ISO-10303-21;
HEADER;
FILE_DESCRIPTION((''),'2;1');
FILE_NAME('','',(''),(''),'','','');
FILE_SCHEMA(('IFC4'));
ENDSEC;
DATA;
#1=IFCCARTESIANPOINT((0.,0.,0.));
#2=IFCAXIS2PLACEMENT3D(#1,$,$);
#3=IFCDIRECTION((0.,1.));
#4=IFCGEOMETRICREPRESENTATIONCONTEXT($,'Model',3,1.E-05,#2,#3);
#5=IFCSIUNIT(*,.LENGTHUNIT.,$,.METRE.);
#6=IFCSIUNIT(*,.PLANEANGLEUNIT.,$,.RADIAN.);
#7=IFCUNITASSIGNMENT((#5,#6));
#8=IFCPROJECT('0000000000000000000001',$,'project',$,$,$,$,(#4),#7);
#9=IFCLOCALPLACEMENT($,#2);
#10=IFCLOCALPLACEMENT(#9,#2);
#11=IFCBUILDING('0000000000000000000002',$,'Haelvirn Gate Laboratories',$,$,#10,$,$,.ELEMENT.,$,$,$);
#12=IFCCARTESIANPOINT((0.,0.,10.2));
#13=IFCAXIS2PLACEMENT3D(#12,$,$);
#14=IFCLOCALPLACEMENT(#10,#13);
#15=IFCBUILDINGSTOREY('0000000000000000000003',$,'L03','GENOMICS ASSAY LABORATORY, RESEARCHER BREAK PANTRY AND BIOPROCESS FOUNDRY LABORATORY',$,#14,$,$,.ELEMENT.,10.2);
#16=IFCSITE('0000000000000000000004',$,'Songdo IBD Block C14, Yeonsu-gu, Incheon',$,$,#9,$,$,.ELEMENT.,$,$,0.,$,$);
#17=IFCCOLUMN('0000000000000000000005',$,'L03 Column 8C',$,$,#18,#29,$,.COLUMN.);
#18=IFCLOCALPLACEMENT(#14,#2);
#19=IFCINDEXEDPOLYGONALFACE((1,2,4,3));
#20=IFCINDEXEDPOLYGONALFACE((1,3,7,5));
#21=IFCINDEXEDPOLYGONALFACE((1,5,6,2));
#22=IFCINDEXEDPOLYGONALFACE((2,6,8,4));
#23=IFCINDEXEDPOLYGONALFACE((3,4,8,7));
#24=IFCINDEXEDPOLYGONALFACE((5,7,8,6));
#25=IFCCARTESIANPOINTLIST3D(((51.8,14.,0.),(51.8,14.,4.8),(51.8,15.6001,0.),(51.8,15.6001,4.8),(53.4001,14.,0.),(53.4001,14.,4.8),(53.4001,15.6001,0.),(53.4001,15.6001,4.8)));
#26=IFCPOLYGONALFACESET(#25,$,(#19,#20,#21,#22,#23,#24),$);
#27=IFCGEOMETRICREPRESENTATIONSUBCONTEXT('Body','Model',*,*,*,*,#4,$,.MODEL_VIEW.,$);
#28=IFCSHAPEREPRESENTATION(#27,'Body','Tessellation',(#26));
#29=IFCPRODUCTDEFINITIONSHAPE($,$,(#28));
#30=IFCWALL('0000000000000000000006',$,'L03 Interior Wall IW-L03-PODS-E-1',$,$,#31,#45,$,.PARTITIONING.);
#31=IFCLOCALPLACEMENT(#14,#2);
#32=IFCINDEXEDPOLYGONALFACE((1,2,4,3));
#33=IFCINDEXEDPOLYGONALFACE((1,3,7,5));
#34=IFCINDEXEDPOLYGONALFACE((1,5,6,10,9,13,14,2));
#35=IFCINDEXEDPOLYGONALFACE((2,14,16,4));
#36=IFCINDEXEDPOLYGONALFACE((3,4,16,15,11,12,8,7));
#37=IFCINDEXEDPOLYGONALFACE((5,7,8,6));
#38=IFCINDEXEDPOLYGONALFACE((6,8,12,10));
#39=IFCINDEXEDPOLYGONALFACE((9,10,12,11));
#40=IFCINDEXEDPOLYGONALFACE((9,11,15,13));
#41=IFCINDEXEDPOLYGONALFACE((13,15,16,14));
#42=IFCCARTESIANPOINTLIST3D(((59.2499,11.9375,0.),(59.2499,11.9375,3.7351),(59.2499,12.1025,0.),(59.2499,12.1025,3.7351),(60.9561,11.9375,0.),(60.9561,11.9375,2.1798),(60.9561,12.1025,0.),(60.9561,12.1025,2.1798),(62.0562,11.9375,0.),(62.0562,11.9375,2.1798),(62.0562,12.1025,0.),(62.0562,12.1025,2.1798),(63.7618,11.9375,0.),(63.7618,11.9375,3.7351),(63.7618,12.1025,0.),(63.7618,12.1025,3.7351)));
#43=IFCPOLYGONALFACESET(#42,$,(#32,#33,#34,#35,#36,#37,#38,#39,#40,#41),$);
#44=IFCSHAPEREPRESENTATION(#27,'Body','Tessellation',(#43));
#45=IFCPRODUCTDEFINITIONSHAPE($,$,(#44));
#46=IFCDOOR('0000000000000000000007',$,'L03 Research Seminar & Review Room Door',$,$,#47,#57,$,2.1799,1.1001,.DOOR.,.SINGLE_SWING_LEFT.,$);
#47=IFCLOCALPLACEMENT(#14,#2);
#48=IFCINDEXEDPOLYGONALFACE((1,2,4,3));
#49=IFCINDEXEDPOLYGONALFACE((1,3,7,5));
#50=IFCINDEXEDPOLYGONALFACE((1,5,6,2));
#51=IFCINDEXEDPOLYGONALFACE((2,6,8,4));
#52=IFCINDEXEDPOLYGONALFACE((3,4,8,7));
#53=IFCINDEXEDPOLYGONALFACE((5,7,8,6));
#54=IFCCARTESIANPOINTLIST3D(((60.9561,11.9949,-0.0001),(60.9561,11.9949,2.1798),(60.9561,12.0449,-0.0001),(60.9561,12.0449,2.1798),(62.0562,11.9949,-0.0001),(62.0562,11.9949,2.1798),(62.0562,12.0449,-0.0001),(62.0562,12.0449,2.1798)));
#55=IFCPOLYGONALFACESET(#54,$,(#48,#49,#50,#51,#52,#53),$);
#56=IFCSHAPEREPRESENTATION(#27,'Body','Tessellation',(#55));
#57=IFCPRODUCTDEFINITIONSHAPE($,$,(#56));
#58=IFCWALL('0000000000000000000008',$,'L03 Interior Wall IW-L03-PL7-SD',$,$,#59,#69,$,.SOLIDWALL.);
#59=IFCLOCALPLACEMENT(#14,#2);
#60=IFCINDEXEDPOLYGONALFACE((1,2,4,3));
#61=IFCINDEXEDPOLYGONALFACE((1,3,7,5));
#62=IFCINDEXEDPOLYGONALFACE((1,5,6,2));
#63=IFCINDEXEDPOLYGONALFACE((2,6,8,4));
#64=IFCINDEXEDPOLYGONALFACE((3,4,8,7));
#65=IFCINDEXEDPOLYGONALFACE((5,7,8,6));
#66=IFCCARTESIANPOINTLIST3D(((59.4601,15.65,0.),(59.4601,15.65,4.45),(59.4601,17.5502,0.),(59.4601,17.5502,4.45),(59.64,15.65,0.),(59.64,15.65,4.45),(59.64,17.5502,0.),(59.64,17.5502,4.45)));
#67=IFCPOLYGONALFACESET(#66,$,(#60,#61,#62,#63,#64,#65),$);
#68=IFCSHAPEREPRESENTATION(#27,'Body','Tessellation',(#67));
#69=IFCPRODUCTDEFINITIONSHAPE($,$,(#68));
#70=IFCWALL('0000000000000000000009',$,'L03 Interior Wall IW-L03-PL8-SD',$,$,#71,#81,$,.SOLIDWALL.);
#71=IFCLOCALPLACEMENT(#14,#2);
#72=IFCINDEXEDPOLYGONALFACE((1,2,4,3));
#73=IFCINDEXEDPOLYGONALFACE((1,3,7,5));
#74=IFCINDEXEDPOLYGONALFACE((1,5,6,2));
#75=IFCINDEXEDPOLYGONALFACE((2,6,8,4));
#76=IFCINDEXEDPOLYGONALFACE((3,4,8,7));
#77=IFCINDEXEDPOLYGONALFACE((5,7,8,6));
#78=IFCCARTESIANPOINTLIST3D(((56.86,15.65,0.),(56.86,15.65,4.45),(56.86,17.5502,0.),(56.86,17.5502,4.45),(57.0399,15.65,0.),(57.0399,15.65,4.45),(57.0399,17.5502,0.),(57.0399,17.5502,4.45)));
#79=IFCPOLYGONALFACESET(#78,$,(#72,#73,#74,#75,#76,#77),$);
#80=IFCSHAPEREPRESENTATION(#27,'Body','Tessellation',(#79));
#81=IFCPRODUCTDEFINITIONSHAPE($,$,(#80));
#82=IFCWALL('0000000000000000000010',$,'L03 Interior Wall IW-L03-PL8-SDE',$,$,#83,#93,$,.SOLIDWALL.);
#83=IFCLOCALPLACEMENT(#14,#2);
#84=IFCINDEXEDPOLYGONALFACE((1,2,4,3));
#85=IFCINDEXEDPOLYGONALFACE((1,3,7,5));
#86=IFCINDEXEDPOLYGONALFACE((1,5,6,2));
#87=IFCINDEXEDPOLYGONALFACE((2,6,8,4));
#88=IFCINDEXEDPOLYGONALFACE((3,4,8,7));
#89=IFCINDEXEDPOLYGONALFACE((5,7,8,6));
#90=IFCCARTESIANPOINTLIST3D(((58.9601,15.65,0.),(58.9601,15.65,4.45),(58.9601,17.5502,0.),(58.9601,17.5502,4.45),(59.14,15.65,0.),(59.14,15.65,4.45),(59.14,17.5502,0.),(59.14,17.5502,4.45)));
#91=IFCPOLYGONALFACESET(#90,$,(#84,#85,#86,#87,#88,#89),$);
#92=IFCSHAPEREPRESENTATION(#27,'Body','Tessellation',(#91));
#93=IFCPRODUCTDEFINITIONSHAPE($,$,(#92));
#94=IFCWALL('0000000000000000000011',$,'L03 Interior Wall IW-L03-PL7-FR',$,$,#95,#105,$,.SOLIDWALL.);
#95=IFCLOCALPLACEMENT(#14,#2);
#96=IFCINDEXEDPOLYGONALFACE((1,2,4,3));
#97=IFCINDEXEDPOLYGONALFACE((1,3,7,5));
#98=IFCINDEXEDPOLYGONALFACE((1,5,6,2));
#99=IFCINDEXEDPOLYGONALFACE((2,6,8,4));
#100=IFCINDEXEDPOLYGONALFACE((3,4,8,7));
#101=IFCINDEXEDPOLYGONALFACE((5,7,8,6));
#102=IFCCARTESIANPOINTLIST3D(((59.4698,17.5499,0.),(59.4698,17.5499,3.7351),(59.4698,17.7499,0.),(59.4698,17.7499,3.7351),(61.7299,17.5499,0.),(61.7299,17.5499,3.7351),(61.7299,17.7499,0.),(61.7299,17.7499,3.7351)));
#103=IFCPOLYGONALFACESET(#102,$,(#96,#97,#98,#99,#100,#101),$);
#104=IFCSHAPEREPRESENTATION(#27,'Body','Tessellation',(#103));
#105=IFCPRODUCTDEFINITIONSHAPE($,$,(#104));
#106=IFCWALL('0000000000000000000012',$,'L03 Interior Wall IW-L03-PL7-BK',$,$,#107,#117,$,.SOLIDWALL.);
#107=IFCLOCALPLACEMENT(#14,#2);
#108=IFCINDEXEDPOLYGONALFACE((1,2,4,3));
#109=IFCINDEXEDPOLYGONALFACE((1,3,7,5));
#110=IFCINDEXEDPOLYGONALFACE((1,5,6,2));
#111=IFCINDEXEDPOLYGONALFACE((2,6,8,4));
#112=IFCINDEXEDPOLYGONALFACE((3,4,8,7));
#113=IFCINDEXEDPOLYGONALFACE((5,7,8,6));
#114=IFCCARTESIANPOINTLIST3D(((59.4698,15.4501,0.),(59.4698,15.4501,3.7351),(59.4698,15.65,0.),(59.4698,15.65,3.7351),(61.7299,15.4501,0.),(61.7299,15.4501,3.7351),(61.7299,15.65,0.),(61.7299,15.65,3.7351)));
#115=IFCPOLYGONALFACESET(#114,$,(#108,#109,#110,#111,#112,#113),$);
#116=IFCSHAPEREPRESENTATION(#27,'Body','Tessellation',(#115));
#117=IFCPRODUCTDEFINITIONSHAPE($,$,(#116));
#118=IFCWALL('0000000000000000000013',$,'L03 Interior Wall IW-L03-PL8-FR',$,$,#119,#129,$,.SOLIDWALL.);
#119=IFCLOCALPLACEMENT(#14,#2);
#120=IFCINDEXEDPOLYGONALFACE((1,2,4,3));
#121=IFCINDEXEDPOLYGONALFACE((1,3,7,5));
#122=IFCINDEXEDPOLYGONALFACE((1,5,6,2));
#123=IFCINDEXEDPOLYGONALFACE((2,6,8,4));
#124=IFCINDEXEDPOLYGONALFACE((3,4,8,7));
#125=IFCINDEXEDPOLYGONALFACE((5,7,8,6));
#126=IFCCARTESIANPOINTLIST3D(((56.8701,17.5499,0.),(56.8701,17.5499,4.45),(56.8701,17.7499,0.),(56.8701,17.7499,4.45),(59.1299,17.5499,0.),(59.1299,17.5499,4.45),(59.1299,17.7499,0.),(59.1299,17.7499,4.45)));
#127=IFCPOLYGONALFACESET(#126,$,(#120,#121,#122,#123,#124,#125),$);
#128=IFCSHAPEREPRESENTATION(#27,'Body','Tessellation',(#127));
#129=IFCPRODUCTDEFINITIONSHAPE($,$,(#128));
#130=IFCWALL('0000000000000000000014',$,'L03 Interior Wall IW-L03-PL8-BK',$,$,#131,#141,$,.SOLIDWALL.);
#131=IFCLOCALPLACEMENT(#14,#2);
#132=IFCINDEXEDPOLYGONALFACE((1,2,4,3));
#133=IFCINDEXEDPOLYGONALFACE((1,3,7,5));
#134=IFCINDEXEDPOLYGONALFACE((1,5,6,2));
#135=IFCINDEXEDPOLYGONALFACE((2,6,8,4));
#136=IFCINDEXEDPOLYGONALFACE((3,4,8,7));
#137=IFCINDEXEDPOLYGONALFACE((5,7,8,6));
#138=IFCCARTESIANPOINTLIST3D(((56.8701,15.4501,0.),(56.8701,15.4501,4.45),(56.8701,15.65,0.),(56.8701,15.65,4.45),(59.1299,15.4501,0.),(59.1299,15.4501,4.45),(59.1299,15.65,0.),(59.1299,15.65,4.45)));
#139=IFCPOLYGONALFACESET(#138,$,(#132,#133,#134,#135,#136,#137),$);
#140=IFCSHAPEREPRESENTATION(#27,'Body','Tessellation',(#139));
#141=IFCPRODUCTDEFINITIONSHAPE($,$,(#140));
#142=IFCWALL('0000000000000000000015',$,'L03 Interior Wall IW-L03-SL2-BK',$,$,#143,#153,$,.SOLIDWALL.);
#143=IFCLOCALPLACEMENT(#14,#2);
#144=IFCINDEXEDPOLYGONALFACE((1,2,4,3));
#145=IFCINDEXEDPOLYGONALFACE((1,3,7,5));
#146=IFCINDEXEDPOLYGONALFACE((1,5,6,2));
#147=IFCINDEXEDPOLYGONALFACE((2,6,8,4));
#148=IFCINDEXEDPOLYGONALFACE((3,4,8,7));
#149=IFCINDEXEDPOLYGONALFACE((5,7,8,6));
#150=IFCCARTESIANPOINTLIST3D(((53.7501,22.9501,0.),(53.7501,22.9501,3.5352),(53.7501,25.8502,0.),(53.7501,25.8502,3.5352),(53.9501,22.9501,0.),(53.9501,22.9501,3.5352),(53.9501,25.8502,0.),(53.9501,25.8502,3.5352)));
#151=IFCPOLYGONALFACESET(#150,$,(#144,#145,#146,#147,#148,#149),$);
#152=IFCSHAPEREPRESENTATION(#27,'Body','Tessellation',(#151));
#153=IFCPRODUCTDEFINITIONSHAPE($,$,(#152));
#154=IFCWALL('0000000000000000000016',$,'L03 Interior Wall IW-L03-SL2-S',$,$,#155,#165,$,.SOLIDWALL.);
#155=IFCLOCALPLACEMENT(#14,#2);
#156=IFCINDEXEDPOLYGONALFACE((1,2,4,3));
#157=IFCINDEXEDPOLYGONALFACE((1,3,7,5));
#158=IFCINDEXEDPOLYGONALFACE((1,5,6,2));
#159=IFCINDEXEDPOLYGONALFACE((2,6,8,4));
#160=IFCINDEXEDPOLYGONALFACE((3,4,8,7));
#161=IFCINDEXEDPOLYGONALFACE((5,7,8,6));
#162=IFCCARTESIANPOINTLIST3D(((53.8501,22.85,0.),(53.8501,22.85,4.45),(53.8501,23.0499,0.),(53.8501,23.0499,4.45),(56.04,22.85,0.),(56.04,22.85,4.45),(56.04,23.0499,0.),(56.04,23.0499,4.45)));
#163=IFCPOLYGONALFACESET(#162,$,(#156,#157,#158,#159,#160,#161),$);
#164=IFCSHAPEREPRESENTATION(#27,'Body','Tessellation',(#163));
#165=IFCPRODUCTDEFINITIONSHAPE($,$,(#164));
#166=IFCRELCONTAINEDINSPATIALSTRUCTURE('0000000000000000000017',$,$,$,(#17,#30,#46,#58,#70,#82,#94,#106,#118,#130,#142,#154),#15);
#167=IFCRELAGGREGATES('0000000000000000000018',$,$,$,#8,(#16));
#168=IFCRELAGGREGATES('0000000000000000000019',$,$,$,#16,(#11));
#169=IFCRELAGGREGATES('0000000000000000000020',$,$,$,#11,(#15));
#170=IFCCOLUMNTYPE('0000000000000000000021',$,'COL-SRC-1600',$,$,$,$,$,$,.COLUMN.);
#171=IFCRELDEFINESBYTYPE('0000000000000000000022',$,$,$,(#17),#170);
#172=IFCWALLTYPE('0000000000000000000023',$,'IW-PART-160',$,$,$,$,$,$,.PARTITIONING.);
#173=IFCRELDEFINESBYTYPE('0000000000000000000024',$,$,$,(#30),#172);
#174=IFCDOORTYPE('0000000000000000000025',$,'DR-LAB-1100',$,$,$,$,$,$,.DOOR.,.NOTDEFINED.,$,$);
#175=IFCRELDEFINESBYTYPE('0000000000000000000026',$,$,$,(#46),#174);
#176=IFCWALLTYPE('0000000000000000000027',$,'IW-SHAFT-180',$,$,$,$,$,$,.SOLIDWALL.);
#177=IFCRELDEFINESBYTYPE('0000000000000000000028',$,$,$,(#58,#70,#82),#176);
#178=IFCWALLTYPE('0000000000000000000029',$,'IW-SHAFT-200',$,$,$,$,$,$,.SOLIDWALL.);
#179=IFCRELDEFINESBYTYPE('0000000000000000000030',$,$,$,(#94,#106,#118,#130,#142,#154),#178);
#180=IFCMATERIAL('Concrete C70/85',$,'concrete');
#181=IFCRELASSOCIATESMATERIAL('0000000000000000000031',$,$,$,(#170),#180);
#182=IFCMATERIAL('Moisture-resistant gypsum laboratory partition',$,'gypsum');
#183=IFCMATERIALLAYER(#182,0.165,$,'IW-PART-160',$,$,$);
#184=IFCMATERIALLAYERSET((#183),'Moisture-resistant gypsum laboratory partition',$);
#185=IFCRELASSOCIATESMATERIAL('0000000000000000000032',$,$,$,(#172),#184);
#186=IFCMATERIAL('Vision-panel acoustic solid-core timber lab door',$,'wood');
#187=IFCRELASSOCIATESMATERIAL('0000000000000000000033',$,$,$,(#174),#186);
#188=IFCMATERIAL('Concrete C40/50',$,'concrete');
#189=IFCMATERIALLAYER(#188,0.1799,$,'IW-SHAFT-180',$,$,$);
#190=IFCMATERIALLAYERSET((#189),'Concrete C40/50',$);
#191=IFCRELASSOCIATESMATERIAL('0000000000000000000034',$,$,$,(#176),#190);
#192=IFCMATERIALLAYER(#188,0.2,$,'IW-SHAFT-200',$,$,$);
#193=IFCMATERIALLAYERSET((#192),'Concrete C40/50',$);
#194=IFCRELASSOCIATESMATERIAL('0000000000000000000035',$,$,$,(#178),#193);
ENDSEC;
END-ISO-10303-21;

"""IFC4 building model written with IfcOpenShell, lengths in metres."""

from ifc_helpers import new_model, si_unit, direction, frame, frame_2d, origin, origin_2d, place, context, subcontext, project, spatial, rectangle, extrude, source, transform, mapped, material, layer, layer_set, material_profile, profile_set, type_object, type_shapes, element, fill, save


model = new_model("IFC4")

# Units and contexts
model_context = context("Model", 3, precision=1e-05, world=origin(), true_north=direction((0.0, 1.0)))
body_context = subcontext(model_context, "Body", "Model", "MODEL_VIEW")
ifc_project = project(units=[si_unit("LENGTHUNIT", "METRE"), si_unit("PLANEANGLEUNIT", "RADIAN")], contexts=[model_context])

# Site, building, storey
site_placement = place(None, origin())
site = spatial("IfcSite", under=ifc_project, at=site_placement, Name="Songdo IBD Block C14, Yeonsu-gu, Incheon", CompositionType="ELEMENT", RefElevation=0.0)
building_placement = place(site_placement, origin())
building = spatial("IfcBuilding", under=site, at=building_placement, Name="Haelvirn Gate Laboratories", CompositionType="ELEMENT")
storey_placement = place(building_placement, frame((0.0, 0.0, 10.2)))
storey = spatial("IfcBuildingStorey", under=building, at=storey_placement, Name="L03", Description="GENOMICS ASSAY LABORATORY, RESEARCHER BREAK PANTRY AND BIOPROCESS FOUNDRY LABORATORY", CompositionType="ELEMENT", Elevation=10.2)

# Column
ifc_material_1 = material(Name="Concrete C70/85", Category="concrete")
ifc_material_profile = material_profile(ifc_material_1, rectangle(XDim=1.6001, YDim=1.6001, at=origin_2d()), Name="SRC-1600x1600")
ifc_profile_set = profile_set([ifc_material_profile], Name="Concrete C70/85")
column_type = type_object("IfcColumnType", Name="COL-SRC-1600", PredefinedType="COLUMN", material=ifc_profile_set)
shared_shape_1 = source(origin(), body_context, "Body", "SweptSolid", [
    extrude(rectangle(XDim=1.6001, YDim=1.6001, at=origin_2d()), origin(), (0.0, 0.0, 1.0), 4.8),
])
type_shapes(column_type, [shared_shape_1])
column_placement = place(storey_placement, frame((52.6001, 14.8, 0.0), z_axis=(0.0, 0.0, 1.0), x_axis=(1.0, 0.0, 0.0)))
element("IfcColumn", 1, at=column_placement, inside=storey, type_object=column_type, Name="L03 Column 8C", PredefinedType="COLUMN", context=body_context, shape_type="MappedRepresentation", body=[
    mapped(shared_shape_1, transform((0.0, 0.0, 0.0), scale=1.0)),
])

# Wall, opening, door
ifc_material_2 = material(Name="Moisture-resistant gypsum laboratory partition", Category="gypsum")
ifc_layer_1 = layer(ifc_material_2, 0.165, Name="IW-PART-160")
ifc_layer_set_1 = layer_set([ifc_layer_1], Name="Moisture-resistant gypsum laboratory partition")
wall_type_1 = type_object("IfcWallType", Name="IW-PART-160", PredefinedType="PARTITIONING", material=ifc_layer_set_1)
wall_1_placement = place(storey_placement, frame((59.25, 12.02, 0.0), z_axis=(0.0, 0.0, 1.0), x_axis=(1.0, 0.0, 0.0)))
wall_1 = element("IfcWall", 2, at=wall_1_placement, inside=storey, type_object=wall_type_1, Name="L03 Interior Wall IW-L03-PODS-E-1", PredefinedType="PARTITIONING", context=body_context, shape_type="SweptSolid", body=[
    extrude(rectangle(XDim=4.512, YDim=0.165, at=frame_2d((2.2559, 0.0))), origin(), (0.0, 0.0, 1.0), 3.7351),
])
opening_1_placement = place(wall_1_placement, frame((1.7061, 0.0, 0.0)))
opening_1 = element("IfcOpeningElement", 3, at=opening_1_placement, cuts=wall_1, PredefinedType="OPENING", context=body_context, shape_type="SweptSolid", body=[
    extrude(rectangle(XDim=1.1001, YDim=2.1799, at=frame_2d((0.55, 1.0898))), frame((0.0, 0.0925, 0.0), z_axis=(0.0, -1.0, 0.0), x_axis=(1.0, 0.0, 0.0)), (0.0, 0.0, 1.0), 0.1851),
])
ifc_material_3 = material(Name="Vision-panel acoustic solid-core timber lab door", Category="wood")
door_type_1 = type_object("IfcDoorType", Name="DR-LAB-1100", OperationType="NOTDEFINED", PredefinedType="DOOR", material=ifc_material_3)
shared_shape_2 = source(origin(), body_context, "Body", "SweptSolid", [
    extrude(rectangle(XDim=1.1001, YDim=2.1799, at=frame_2d((0.55, 1.0898))), frame((0.0, 0.0249, 0.0), z_axis=(0.0, -1.0, 0.0), x_axis=(1.0, 0.0, 0.0)), (0.0, 0.0, 1.0), 0.05),
])
type_shapes(door_type_1, [shared_shape_2])
door_1_placement = place(opening_1_placement, origin())
door_1 = element("IfcDoor", 4, at=door_1_placement, inside=storey, type_object=door_type_1, Name="L03 Research Seminar & Review Room Door", OperationType="SINGLE_SWING_LEFT", OverallHeight=2.1799, OverallWidth=1.1001, PredefinedType="DOOR", context=body_context, shape_type="MappedRepresentation", body=[
    mapped(shared_shape_2, transform((0.0, 0.0, 0.0), scale=1.0)),
])
fill(opening_1, door_1)

# Walls
ifc_material_4 = material(Name="Concrete C40/50", Category="concrete")
ifc_layer_2 = layer(ifc_material_4, 0.1799, Name="IW-SHAFT-180")
ifc_layer_set_2 = layer_set([ifc_layer_2], Name="Concrete C40/50")
wall_type_2 = type_object("IfcWallType", Name="IW-SHAFT-180", PredefinedType="SOLIDWALL", material=ifc_layer_set_2)
for number, where, z_axis, x_axis, name in (
    (5, (59.55, 15.6499, 0.0), (0.0, 0.0, 1.0), (0.0, 1.0, 0.0), "L03 Interior Wall IW-L03-PL7-SD"),
    (6, (56.95, 15.6499, 0.0), (0.0, 0.0, 1.0), (0.0, 1.0, 0.0), "L03 Interior Wall IW-L03-PL8-SD"),
    (7, (59.05, 15.6499, 0.0), (0.0, 0.0, 1.0), (0.0, 1.0, 0.0), "L03 Interior Wall IW-L03-PL8-SDE"),
):
    element("IfcWall", number, at=place(storey_placement, frame(where, z_axis=z_axis, x_axis=x_axis)), inside=storey, type_object=wall_type_2, Name=name, PredefinedType="SOLIDWALL", context=body_context, shape_type="SweptSolid", body=[
        extrude(rectangle(XDim=1.9001, YDim=0.1799, at=frame_2d((0.9502, 0.0))), origin(), (0.0, 0.0, 1.0), 4.45),
    ])
ifc_layer_3 = layer(ifc_material_4, 0.2, Name="IW-SHAFT-200")
ifc_layer_set_3 = layer_set([ifc_layer_3], Name="Concrete C40/50")
wall_type_3 = type_object("IfcWallType", Name="IW-SHAFT-200", PredefinedType="SOLIDWALL", material=ifc_layer_set_3)
for number, where, z_axis, x_axis, name in (
    (8, (59.47, 17.6499, 0.0), (0.0, 0.0, 1.0), (1.0, 0.0, 0.0), "L03 Interior Wall IW-L03-PL7-FR"),
    (9, (59.47, 15.55, 0.0), (0.0, 0.0, 1.0), (1.0, 0.0, 0.0), "L03 Interior Wall IW-L03-PL7-BK"),
):
    element("IfcWall", number, at=place(storey_placement, frame(where, z_axis=z_axis, x_axis=x_axis)), inside=storey, type_object=wall_type_3, Name=name, PredefinedType="SOLIDWALL", context=body_context, shape_type="SweptSolid", body=[
        extrude(rectangle(XDim=2.26, YDim=0.2, at=frame_2d((1.1299, 0.0))), origin(), (0.0, 0.0, 1.0), 3.7351),
    ])
for number, where, z_axis, x_axis, name in (
    (10, (56.8701, 17.6499, 0.0), (0.0, 0.0, 1.0), (1.0, 0.0, 0.0), "L03 Interior Wall IW-L03-PL8-FR"),
    (11, (56.8701, 15.55, 0.0), (0.0, 0.0, 1.0), (1.0, 0.0, 0.0), "L03 Interior Wall IW-L03-PL8-BK"),
):
    element("IfcWall", number, at=place(storey_placement, frame(where, z_axis=z_axis, x_axis=x_axis)), inside=storey, type_object=wall_type_3, Name=name, PredefinedType="SOLIDWALL", context=body_context, shape_type="SweptSolid", body=[
        extrude(rectangle(XDim=2.2598, YDim=0.2, at=frame_2d((1.1299, 0.0))), origin(), (0.0, 0.0, 1.0), 4.45),
    ])
wall_2_placement = place(storey_placement, frame((53.8501, 22.95, 0.0), z_axis=(0.0, 0.0, 1.0), x_axis=(0.0, 1.0, 0.0)))
element("IfcWall", 12, at=wall_2_placement, inside=storey, type_object=wall_type_3, Name="L03 Interior Wall IW-L03-SL2-BK", PredefinedType="SOLIDWALL", context=body_context, shape_type="SweptSolid", body=[
    extrude(rectangle(XDim=2.9001, YDim=0.2, at=frame_2d((1.4502, 0.0))), origin(), (0.0, 0.0, 1.0), 3.5352),
])
wall_3_placement = place(storey_placement, frame((53.8501, 22.95, 0.0), z_axis=(0.0, 0.0, 1.0), x_axis=(1.0, 0.0, 0.0)))
element("IfcWall", 13, at=wall_3_placement, inside=storey, type_object=wall_type_3, Name="L03 Interior Wall IW-L03-SL2-S", PredefinedType="SOLIDWALL", context=body_context, shape_type="SweptSolid", body=[
    extrude(rectangle(XDim=2.1899, YDim=0.2, at=frame_2d((1.095, 0.0))), origin(), (0.0, 0.0, 1.0), 4.45),
])

save(model, "model.ifc")
